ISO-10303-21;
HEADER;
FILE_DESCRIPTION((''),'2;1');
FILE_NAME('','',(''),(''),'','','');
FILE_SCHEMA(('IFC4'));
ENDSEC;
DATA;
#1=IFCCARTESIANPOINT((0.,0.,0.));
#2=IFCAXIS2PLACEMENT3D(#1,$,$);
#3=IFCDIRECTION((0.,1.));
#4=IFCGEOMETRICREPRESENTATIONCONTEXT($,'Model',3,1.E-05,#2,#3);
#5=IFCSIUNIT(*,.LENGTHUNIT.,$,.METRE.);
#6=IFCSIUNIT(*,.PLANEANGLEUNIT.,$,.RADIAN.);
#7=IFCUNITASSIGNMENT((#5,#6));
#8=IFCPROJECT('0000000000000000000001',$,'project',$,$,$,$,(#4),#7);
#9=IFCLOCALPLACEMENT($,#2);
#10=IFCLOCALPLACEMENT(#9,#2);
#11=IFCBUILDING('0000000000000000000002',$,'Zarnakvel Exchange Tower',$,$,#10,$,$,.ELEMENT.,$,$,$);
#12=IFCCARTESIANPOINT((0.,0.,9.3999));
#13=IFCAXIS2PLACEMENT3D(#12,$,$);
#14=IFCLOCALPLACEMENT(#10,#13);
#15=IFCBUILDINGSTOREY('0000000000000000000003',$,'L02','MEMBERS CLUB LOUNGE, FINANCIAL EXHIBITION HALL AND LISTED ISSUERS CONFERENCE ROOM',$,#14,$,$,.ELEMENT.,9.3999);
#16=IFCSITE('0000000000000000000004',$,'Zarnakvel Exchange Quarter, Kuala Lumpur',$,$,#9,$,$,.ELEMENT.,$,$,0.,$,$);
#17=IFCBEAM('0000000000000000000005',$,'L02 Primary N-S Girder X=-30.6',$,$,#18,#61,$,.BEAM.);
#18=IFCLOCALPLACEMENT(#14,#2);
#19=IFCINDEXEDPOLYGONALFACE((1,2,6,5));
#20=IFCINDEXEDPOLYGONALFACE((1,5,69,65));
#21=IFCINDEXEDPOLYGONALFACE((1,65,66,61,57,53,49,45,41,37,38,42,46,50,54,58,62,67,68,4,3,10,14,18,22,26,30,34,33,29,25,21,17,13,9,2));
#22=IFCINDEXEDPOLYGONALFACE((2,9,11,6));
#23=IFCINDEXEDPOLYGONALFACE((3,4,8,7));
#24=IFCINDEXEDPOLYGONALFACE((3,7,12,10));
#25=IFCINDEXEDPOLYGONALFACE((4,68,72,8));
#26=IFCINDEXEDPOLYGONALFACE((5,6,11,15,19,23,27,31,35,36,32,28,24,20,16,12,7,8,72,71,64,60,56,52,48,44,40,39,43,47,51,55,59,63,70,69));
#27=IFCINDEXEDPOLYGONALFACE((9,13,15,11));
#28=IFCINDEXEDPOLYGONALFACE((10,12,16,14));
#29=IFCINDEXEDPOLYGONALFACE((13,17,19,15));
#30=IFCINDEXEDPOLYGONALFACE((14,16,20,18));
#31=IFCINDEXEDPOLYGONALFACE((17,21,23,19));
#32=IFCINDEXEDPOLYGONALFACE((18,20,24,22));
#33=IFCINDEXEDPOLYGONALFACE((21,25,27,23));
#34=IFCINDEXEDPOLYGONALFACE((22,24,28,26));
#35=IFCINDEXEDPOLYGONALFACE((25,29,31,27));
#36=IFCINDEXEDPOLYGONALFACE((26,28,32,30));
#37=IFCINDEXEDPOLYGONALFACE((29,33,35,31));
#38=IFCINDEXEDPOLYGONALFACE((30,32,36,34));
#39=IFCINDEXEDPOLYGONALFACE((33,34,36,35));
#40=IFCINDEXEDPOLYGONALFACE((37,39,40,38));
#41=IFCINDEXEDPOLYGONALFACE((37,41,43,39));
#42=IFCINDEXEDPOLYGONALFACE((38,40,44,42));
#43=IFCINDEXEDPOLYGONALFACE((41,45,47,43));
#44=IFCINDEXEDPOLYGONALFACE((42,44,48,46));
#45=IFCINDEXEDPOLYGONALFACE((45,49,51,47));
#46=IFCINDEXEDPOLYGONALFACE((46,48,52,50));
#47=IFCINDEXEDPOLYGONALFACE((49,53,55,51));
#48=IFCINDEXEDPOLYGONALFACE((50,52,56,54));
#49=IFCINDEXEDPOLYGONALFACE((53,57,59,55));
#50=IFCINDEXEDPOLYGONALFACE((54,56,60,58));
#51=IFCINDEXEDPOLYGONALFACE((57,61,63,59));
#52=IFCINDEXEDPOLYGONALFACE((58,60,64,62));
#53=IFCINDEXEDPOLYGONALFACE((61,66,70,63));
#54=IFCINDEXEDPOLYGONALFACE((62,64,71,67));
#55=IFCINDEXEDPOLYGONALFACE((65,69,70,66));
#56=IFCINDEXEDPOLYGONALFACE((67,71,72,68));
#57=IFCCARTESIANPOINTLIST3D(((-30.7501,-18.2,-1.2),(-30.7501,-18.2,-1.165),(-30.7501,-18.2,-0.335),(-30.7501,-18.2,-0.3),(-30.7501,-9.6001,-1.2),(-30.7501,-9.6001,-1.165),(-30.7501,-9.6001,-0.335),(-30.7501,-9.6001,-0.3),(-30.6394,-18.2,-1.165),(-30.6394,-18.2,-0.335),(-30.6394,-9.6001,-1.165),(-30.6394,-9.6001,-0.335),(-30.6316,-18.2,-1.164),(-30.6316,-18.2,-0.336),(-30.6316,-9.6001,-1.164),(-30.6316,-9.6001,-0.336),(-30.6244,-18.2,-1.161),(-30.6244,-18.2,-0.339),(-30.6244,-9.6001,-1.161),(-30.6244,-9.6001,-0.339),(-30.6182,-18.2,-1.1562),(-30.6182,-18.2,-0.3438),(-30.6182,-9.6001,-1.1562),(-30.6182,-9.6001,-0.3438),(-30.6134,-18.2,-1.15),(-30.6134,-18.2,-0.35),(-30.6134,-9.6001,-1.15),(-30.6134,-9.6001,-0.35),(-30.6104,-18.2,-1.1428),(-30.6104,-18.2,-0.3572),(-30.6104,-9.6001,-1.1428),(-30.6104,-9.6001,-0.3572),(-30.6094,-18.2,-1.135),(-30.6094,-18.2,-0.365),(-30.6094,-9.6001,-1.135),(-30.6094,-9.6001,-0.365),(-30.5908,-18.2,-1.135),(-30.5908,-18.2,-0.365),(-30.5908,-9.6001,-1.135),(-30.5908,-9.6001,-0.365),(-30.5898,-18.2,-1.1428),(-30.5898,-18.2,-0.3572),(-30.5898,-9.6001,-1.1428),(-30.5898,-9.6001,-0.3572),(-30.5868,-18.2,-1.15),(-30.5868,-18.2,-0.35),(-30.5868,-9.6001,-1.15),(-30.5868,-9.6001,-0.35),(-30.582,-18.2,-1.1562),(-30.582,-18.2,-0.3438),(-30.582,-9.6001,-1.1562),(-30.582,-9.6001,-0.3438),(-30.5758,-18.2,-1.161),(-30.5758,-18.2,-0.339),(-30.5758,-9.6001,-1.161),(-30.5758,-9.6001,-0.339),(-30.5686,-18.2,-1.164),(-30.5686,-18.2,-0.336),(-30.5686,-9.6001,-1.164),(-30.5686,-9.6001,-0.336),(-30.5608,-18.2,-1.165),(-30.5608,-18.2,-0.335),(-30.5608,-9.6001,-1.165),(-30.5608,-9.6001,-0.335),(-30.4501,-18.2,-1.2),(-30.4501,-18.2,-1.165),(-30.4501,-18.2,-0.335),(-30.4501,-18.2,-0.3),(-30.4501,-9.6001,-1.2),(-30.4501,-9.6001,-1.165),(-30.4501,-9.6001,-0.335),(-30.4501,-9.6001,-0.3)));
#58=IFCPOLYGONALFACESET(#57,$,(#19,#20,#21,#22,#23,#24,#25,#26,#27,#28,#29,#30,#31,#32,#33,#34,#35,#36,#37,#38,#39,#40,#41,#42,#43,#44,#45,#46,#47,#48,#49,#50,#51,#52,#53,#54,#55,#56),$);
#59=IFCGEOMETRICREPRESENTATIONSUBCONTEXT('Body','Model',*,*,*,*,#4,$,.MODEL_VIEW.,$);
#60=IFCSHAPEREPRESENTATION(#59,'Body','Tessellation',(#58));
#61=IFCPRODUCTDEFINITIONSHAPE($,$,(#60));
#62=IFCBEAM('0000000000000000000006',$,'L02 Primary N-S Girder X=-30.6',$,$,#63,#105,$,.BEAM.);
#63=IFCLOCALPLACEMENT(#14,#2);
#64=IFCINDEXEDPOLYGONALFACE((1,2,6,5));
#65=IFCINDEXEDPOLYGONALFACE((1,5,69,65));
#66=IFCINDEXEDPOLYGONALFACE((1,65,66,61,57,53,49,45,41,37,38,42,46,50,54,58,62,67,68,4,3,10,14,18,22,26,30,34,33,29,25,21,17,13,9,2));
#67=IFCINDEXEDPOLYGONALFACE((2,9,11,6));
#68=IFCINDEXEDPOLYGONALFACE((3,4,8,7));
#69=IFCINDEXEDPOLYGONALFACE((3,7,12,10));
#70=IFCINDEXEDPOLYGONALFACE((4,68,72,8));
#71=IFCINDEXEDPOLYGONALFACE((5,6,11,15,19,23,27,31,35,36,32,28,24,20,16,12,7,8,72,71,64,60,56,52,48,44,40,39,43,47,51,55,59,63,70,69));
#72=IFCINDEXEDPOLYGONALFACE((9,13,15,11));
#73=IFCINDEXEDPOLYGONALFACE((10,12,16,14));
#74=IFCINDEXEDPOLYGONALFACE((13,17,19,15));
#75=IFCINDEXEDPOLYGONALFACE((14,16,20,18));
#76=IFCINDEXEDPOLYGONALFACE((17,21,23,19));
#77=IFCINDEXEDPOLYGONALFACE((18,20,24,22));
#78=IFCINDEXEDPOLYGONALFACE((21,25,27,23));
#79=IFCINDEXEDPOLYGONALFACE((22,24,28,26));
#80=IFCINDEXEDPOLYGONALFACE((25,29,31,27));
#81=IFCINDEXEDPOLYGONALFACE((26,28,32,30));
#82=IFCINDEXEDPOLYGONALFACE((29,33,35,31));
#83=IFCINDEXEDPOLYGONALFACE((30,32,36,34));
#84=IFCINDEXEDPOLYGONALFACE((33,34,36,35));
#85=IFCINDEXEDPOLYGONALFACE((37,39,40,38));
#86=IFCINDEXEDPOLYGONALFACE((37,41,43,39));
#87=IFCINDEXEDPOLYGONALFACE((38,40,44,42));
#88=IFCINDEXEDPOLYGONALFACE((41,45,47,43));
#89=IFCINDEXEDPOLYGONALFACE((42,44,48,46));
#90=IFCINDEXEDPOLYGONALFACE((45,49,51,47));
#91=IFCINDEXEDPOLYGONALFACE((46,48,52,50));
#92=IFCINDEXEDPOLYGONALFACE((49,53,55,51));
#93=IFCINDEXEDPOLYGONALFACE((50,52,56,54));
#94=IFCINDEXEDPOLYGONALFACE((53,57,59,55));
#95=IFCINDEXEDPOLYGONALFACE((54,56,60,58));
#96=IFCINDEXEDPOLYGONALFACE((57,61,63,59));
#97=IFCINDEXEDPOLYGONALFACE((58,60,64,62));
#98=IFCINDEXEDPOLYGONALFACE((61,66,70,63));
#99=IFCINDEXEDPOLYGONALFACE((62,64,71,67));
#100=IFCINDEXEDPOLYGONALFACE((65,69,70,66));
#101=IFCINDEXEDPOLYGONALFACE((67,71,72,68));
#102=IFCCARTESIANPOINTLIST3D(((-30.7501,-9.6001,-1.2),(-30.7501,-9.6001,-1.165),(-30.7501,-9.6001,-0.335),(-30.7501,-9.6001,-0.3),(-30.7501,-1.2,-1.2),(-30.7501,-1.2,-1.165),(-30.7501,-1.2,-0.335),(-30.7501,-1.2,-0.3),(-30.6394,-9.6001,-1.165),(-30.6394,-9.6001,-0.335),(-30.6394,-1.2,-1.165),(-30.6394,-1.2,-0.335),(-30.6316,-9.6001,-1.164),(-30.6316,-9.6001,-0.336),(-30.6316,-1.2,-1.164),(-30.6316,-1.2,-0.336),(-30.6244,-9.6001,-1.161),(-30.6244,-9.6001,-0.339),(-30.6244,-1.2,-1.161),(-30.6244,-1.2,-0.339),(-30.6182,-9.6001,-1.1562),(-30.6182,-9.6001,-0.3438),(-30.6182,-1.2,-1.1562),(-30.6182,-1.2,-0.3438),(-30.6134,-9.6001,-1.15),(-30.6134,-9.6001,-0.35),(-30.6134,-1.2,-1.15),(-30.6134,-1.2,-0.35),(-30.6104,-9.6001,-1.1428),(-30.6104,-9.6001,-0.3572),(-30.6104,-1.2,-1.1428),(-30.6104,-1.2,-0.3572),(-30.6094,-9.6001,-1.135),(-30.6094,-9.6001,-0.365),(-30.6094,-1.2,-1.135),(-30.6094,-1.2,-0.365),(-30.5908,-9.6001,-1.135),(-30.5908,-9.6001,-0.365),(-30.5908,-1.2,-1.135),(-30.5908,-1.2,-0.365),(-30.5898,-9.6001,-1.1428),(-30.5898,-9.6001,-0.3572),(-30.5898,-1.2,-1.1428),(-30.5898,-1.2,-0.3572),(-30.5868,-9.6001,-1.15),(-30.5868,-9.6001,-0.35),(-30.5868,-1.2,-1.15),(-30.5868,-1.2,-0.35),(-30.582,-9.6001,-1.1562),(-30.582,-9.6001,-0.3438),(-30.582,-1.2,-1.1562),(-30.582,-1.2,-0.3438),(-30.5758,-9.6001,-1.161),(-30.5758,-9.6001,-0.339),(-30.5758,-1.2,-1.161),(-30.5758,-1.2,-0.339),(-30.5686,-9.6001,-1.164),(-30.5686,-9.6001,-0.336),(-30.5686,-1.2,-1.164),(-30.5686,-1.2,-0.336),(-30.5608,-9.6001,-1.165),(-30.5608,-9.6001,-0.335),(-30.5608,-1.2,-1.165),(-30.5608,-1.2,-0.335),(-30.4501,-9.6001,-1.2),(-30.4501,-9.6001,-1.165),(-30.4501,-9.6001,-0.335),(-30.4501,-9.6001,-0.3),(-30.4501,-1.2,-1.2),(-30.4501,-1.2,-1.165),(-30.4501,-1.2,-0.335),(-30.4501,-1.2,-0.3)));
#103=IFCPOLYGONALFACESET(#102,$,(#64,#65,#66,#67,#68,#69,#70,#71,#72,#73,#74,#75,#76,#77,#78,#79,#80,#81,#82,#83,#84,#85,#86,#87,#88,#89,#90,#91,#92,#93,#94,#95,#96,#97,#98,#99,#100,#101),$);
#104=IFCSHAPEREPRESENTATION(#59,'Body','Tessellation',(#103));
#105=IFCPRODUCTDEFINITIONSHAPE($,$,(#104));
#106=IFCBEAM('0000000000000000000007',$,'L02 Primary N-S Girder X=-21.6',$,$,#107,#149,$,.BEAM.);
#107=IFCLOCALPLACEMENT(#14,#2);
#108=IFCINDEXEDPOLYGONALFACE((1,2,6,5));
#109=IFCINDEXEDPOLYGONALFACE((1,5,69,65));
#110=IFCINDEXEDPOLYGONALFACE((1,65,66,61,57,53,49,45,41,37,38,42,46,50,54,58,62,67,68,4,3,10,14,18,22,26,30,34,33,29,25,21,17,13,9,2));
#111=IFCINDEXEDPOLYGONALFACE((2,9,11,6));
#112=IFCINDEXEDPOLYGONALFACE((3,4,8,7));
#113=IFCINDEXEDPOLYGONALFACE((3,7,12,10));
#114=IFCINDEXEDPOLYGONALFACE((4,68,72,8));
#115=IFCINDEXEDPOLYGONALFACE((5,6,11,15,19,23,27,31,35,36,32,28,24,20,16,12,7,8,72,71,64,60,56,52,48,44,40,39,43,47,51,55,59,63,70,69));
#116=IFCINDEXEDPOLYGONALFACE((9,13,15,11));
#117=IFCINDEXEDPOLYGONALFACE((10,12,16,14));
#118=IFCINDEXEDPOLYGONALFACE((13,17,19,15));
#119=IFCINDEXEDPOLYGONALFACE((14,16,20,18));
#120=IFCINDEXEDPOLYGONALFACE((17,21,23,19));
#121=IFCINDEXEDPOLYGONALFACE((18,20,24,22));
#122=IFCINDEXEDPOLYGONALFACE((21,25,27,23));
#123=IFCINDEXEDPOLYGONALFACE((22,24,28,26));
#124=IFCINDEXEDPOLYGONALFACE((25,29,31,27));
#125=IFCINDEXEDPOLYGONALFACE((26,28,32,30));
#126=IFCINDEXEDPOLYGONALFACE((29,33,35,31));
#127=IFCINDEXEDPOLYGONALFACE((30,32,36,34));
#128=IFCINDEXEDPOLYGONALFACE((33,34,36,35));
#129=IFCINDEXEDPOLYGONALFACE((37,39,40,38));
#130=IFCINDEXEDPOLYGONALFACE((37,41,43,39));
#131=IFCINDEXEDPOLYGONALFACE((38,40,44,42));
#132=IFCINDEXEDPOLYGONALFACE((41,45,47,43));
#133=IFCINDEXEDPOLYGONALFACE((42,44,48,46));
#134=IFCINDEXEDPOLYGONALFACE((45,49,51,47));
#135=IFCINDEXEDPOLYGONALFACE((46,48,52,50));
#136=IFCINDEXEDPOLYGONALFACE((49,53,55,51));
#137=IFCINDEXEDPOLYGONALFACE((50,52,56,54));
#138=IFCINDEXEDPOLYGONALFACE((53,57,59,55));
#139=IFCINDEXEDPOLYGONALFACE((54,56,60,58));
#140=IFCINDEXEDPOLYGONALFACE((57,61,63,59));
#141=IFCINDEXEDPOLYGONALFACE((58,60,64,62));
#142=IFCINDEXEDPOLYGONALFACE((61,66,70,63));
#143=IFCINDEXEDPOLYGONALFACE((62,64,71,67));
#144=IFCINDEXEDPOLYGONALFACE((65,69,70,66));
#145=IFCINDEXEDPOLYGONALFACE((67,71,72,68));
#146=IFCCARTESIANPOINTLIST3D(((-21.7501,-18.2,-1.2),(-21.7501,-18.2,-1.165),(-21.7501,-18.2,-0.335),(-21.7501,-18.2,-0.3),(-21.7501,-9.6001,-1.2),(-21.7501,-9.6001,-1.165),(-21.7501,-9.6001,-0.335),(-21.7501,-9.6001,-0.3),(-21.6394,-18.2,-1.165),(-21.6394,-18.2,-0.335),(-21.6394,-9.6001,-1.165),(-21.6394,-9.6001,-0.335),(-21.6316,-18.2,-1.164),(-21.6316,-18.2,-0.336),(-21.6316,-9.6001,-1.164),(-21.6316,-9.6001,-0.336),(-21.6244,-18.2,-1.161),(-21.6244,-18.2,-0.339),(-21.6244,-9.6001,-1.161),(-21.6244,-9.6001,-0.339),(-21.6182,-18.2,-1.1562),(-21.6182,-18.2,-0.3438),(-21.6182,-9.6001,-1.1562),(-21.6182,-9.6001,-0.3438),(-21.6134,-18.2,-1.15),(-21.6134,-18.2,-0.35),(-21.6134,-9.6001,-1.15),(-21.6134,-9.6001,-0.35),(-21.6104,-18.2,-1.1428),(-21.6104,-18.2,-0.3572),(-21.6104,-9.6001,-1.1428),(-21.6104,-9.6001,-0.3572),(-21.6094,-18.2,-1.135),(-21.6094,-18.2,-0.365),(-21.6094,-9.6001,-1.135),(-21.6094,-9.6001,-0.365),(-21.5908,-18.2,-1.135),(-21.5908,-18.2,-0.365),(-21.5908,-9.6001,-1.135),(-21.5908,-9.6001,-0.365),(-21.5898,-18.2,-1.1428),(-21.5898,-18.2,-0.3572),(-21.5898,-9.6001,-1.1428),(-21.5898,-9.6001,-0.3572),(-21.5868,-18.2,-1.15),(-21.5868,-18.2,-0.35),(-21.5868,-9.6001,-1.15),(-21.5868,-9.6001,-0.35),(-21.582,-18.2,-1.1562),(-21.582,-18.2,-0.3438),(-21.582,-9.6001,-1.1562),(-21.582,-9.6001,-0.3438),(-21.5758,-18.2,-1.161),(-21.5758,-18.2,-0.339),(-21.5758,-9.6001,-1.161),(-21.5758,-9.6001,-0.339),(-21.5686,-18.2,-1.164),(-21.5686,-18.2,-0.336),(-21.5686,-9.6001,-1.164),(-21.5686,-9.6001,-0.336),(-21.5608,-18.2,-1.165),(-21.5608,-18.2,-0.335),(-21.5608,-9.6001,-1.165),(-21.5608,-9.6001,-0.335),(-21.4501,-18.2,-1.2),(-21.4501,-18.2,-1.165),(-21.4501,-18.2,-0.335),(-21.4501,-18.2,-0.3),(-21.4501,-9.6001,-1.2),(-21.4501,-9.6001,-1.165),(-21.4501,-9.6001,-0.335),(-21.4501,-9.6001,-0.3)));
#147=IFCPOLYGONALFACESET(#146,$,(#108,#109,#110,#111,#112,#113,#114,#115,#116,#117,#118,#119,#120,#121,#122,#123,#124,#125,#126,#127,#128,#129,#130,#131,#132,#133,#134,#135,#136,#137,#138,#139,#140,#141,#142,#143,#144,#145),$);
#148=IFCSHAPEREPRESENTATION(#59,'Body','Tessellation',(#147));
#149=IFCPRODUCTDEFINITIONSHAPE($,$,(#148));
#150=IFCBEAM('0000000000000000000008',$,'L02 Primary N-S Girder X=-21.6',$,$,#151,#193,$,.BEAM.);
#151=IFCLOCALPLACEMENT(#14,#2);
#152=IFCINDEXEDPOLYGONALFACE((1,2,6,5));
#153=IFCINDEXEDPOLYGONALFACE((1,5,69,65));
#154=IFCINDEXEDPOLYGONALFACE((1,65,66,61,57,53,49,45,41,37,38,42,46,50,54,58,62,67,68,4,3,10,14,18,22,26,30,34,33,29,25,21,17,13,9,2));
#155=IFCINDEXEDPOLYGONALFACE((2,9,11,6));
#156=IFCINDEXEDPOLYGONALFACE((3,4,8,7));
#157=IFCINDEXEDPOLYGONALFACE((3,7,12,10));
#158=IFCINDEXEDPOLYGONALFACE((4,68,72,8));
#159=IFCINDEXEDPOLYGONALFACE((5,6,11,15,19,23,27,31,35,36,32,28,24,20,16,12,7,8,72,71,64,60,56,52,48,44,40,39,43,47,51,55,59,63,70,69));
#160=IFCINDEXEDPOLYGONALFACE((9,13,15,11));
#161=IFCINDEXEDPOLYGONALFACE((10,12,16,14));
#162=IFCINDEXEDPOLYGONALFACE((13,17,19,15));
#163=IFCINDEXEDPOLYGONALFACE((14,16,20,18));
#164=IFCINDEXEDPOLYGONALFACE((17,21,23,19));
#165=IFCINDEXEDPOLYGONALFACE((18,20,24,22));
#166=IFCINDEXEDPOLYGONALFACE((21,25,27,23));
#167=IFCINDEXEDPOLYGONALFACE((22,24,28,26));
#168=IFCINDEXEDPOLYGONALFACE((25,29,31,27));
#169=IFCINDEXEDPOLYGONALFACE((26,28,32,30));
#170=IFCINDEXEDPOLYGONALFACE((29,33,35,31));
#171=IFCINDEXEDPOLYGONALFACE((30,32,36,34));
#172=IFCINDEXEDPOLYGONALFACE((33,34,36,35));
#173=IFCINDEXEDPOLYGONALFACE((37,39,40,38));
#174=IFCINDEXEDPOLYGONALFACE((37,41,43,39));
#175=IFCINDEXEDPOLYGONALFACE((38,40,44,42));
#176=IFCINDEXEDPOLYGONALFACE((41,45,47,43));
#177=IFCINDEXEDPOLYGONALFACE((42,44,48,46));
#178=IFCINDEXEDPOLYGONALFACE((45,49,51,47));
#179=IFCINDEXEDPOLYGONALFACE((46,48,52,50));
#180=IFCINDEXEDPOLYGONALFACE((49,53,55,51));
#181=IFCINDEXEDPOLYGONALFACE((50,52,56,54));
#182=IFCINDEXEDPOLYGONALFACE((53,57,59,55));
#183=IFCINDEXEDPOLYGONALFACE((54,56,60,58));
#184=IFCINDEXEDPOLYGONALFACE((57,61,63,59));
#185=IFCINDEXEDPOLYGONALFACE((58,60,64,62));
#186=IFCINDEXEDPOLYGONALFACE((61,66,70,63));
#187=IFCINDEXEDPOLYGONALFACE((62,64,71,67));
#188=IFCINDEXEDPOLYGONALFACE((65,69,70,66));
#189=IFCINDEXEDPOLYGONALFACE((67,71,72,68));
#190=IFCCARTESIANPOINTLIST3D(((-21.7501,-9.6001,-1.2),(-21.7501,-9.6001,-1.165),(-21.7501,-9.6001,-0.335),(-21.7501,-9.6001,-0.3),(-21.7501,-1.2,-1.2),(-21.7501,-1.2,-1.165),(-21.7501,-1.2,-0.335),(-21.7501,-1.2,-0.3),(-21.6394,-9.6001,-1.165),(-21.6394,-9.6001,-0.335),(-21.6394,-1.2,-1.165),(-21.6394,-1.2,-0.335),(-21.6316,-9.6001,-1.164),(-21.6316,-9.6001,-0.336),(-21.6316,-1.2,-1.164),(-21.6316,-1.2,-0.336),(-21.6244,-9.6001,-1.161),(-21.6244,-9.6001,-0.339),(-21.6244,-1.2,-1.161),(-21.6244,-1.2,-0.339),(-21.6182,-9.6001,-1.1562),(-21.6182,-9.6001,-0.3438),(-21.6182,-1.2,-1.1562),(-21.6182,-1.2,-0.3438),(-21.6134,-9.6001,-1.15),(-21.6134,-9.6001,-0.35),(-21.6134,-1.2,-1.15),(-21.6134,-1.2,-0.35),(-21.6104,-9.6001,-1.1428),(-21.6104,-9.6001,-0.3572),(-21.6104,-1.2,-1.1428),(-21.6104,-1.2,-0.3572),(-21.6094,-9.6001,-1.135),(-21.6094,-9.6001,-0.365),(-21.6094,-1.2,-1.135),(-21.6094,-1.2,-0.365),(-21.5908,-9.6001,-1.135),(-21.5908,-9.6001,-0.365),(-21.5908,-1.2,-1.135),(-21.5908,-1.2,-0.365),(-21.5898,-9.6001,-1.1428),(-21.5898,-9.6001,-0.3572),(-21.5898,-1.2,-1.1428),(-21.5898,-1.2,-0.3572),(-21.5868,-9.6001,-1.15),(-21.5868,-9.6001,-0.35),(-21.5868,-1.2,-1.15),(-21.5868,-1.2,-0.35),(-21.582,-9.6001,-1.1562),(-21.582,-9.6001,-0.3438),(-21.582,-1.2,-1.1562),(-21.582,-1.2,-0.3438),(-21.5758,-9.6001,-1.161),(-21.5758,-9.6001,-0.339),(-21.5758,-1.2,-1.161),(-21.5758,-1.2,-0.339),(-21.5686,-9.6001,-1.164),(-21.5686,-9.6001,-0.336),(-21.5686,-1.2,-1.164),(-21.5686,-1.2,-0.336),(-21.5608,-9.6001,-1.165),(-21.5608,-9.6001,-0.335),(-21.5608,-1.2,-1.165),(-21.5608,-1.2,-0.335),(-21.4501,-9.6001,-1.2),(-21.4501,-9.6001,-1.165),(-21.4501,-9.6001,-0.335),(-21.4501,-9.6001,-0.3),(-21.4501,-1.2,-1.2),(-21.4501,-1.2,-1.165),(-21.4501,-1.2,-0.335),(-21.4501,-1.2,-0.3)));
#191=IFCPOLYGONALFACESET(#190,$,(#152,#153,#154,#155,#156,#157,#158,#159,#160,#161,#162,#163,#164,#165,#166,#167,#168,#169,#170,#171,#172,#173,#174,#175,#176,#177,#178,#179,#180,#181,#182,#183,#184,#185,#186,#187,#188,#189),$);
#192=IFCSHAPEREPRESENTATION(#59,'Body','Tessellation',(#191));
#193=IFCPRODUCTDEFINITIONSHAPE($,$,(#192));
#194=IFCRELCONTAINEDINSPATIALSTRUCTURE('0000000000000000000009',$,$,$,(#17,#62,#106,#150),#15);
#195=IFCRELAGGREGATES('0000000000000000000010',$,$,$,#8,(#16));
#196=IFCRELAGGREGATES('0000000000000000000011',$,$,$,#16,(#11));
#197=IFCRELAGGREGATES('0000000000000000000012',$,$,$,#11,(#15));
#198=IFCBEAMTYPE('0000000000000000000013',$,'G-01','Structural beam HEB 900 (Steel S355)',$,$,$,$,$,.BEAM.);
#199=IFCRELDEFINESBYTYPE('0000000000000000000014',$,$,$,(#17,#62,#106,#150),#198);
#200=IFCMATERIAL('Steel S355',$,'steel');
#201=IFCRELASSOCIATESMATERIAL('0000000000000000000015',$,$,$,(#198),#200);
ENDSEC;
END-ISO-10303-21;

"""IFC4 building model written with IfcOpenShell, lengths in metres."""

from ifc_helpers import new_model, si_unit, direction, frame, origin, origin_2d, place, context, subcontext, project, spatial, i_section, extrude, material, material_profile, profile_set, type_object, element, save


model = new_model("IFC4")

# Units and contexts
model_context = context("Model", 3, precision=1e-05, world=origin(), true_north=direction((0.0, 1.0)))
body_context = subcontext(model_context, "Body", "Model", "MODEL_VIEW")
ifc_project = project(units=[si_unit("LENGTHUNIT", "METRE"), si_unit("PLANEANGLEUNIT", "RADIAN")], contexts=[model_context])

# Site, building, storey
site_placement = place(None, origin())
site = spatial("IfcSite", under=ifc_project, at=site_placement, Name="Zarnakvel Exchange Quarter, Kuala Lumpur", CompositionType="ELEMENT", RefElevation=0.0)
building_placement = place(site_placement, origin())
building = spatial("IfcBuilding", under=site, at=building_placement, Name="Zarnakvel Exchange Tower", CompositionType="ELEMENT")
storey_placement = place(building_placement, frame((0.0, 0.0, 9.3999)))
storey = spatial("IfcBuildingStorey", under=building, at=storey_placement, Name="L02", Description="MEMBERS CLUB LOUNGE, FINANCIAL EXHIBITION HALL AND LISTED ISSUERS CONFERENCE ROOM", CompositionType="ELEMENT", Elevation=9.3999)

# Beams
ifc_material_1 = material(Name="Steel S355", Category="steel")
ifc_material_profile_1 = material_profile(ifc_material_1, i_section(OverallWidth=0.3, OverallDepth=0.8999, WebThickness=0.0186, FlangeThickness=0.0349, FilletRadius=0.03, at=origin_2d()))
ifc_profile_set_1 = profile_set([ifc_material_profile_1], Name="Steel S355")
beam_type_1 = type_object("IfcBeamType", Name="G-01", Description="Structural beam HEB 900 (Steel S355)", PredefinedType="BEAM", material=ifc_profile_set_1)
beam_1_placement = place(storey_placement, frame((-30.6001, -18.2, -0.75), z_axis=(0.0, 1.0, 0.0), x_axis=(-1.0, 0.0, 0.0)))
element("IfcBeam", 1, at=beam_1_placement, inside=storey, type_object=beam_type_1, Name="L02 Primary N-S Girder X=-30.6", PredefinedType="BEAM", context=body_context, shape_type="SweptSolid", body=[
    extrude(i_section(OverallWidth=0.3, OverallDepth=0.8999, WebThickness=0.0186, FlangeThickness=0.0349, FilletRadius=0.03, at=origin_2d()), origin(), (0.0, 0.0, 1.0), 8.5999),
])
beam_2_placement = place(storey_placement, frame((-30.6001, -9.6001, -0.75), z_axis=(0.0, 1.0, 0.0), x_axis=(-1.0, 0.0, 0.0)))
element("IfcBeam", 2, at=beam_2_placement, inside=storey, type_object=beam_type_1, Name="L02 Primary N-S Girder X=-30.6", PredefinedType="BEAM", context=body_context, shape_type="SweptSolid", body=[
    extrude(i_section(OverallWidth=0.3, OverallDepth=0.8999, WebThickness=0.0186, FlangeThickness=0.0349, FilletRadius=0.03, at=origin_2d()), origin(), (0.0, 0.0, 1.0), 8.4001),
])
beam_3_placement = place(storey_placement, frame((-21.6001, -18.2, -0.75), z_axis=(0.0, 1.0, 0.0), x_axis=(-1.0, 0.0, 0.0)))
element("IfcBeam", 3, at=beam_3_placement, inside=storey, type_object=beam_type_1, Name="L02 Primary N-S Girder X=-21.6", PredefinedType="BEAM", context=body_context, shape_type="SweptSolid", body=[
    extrude(i_section(OverallWidth=0.3, OverallDepth=0.8999, WebThickness=0.0186, FlangeThickness=0.0349, FilletRadius=0.03, at=origin_2d()), origin(), (0.0, 0.0, 1.0), 8.5999),
])
beam_4_placement = place(storey_placement, frame((-21.6001, -9.6001, -0.75), z_axis=(0.0, 1.0, 0.0), x_axis=(-1.0, 0.0, 0.0)))
element("IfcBeam", 4, at=beam_4_placement, inside=storey, type_object=beam_type_1, Name="L02 Primary N-S Girder X=-21.6", PredefinedType="BEAM", context=body_context, shape_type="SweptSolid", body=[
    extrude(i_section(OverallWidth=0.3, OverallDepth=0.8999, WebThickness=0.0186, FlangeThickness=0.0349, FilletRadius=0.03, at=origin_2d()), origin(), (0.0, 0.0, 1.0), 8.4001),
])

save(model, "model.ifc")
